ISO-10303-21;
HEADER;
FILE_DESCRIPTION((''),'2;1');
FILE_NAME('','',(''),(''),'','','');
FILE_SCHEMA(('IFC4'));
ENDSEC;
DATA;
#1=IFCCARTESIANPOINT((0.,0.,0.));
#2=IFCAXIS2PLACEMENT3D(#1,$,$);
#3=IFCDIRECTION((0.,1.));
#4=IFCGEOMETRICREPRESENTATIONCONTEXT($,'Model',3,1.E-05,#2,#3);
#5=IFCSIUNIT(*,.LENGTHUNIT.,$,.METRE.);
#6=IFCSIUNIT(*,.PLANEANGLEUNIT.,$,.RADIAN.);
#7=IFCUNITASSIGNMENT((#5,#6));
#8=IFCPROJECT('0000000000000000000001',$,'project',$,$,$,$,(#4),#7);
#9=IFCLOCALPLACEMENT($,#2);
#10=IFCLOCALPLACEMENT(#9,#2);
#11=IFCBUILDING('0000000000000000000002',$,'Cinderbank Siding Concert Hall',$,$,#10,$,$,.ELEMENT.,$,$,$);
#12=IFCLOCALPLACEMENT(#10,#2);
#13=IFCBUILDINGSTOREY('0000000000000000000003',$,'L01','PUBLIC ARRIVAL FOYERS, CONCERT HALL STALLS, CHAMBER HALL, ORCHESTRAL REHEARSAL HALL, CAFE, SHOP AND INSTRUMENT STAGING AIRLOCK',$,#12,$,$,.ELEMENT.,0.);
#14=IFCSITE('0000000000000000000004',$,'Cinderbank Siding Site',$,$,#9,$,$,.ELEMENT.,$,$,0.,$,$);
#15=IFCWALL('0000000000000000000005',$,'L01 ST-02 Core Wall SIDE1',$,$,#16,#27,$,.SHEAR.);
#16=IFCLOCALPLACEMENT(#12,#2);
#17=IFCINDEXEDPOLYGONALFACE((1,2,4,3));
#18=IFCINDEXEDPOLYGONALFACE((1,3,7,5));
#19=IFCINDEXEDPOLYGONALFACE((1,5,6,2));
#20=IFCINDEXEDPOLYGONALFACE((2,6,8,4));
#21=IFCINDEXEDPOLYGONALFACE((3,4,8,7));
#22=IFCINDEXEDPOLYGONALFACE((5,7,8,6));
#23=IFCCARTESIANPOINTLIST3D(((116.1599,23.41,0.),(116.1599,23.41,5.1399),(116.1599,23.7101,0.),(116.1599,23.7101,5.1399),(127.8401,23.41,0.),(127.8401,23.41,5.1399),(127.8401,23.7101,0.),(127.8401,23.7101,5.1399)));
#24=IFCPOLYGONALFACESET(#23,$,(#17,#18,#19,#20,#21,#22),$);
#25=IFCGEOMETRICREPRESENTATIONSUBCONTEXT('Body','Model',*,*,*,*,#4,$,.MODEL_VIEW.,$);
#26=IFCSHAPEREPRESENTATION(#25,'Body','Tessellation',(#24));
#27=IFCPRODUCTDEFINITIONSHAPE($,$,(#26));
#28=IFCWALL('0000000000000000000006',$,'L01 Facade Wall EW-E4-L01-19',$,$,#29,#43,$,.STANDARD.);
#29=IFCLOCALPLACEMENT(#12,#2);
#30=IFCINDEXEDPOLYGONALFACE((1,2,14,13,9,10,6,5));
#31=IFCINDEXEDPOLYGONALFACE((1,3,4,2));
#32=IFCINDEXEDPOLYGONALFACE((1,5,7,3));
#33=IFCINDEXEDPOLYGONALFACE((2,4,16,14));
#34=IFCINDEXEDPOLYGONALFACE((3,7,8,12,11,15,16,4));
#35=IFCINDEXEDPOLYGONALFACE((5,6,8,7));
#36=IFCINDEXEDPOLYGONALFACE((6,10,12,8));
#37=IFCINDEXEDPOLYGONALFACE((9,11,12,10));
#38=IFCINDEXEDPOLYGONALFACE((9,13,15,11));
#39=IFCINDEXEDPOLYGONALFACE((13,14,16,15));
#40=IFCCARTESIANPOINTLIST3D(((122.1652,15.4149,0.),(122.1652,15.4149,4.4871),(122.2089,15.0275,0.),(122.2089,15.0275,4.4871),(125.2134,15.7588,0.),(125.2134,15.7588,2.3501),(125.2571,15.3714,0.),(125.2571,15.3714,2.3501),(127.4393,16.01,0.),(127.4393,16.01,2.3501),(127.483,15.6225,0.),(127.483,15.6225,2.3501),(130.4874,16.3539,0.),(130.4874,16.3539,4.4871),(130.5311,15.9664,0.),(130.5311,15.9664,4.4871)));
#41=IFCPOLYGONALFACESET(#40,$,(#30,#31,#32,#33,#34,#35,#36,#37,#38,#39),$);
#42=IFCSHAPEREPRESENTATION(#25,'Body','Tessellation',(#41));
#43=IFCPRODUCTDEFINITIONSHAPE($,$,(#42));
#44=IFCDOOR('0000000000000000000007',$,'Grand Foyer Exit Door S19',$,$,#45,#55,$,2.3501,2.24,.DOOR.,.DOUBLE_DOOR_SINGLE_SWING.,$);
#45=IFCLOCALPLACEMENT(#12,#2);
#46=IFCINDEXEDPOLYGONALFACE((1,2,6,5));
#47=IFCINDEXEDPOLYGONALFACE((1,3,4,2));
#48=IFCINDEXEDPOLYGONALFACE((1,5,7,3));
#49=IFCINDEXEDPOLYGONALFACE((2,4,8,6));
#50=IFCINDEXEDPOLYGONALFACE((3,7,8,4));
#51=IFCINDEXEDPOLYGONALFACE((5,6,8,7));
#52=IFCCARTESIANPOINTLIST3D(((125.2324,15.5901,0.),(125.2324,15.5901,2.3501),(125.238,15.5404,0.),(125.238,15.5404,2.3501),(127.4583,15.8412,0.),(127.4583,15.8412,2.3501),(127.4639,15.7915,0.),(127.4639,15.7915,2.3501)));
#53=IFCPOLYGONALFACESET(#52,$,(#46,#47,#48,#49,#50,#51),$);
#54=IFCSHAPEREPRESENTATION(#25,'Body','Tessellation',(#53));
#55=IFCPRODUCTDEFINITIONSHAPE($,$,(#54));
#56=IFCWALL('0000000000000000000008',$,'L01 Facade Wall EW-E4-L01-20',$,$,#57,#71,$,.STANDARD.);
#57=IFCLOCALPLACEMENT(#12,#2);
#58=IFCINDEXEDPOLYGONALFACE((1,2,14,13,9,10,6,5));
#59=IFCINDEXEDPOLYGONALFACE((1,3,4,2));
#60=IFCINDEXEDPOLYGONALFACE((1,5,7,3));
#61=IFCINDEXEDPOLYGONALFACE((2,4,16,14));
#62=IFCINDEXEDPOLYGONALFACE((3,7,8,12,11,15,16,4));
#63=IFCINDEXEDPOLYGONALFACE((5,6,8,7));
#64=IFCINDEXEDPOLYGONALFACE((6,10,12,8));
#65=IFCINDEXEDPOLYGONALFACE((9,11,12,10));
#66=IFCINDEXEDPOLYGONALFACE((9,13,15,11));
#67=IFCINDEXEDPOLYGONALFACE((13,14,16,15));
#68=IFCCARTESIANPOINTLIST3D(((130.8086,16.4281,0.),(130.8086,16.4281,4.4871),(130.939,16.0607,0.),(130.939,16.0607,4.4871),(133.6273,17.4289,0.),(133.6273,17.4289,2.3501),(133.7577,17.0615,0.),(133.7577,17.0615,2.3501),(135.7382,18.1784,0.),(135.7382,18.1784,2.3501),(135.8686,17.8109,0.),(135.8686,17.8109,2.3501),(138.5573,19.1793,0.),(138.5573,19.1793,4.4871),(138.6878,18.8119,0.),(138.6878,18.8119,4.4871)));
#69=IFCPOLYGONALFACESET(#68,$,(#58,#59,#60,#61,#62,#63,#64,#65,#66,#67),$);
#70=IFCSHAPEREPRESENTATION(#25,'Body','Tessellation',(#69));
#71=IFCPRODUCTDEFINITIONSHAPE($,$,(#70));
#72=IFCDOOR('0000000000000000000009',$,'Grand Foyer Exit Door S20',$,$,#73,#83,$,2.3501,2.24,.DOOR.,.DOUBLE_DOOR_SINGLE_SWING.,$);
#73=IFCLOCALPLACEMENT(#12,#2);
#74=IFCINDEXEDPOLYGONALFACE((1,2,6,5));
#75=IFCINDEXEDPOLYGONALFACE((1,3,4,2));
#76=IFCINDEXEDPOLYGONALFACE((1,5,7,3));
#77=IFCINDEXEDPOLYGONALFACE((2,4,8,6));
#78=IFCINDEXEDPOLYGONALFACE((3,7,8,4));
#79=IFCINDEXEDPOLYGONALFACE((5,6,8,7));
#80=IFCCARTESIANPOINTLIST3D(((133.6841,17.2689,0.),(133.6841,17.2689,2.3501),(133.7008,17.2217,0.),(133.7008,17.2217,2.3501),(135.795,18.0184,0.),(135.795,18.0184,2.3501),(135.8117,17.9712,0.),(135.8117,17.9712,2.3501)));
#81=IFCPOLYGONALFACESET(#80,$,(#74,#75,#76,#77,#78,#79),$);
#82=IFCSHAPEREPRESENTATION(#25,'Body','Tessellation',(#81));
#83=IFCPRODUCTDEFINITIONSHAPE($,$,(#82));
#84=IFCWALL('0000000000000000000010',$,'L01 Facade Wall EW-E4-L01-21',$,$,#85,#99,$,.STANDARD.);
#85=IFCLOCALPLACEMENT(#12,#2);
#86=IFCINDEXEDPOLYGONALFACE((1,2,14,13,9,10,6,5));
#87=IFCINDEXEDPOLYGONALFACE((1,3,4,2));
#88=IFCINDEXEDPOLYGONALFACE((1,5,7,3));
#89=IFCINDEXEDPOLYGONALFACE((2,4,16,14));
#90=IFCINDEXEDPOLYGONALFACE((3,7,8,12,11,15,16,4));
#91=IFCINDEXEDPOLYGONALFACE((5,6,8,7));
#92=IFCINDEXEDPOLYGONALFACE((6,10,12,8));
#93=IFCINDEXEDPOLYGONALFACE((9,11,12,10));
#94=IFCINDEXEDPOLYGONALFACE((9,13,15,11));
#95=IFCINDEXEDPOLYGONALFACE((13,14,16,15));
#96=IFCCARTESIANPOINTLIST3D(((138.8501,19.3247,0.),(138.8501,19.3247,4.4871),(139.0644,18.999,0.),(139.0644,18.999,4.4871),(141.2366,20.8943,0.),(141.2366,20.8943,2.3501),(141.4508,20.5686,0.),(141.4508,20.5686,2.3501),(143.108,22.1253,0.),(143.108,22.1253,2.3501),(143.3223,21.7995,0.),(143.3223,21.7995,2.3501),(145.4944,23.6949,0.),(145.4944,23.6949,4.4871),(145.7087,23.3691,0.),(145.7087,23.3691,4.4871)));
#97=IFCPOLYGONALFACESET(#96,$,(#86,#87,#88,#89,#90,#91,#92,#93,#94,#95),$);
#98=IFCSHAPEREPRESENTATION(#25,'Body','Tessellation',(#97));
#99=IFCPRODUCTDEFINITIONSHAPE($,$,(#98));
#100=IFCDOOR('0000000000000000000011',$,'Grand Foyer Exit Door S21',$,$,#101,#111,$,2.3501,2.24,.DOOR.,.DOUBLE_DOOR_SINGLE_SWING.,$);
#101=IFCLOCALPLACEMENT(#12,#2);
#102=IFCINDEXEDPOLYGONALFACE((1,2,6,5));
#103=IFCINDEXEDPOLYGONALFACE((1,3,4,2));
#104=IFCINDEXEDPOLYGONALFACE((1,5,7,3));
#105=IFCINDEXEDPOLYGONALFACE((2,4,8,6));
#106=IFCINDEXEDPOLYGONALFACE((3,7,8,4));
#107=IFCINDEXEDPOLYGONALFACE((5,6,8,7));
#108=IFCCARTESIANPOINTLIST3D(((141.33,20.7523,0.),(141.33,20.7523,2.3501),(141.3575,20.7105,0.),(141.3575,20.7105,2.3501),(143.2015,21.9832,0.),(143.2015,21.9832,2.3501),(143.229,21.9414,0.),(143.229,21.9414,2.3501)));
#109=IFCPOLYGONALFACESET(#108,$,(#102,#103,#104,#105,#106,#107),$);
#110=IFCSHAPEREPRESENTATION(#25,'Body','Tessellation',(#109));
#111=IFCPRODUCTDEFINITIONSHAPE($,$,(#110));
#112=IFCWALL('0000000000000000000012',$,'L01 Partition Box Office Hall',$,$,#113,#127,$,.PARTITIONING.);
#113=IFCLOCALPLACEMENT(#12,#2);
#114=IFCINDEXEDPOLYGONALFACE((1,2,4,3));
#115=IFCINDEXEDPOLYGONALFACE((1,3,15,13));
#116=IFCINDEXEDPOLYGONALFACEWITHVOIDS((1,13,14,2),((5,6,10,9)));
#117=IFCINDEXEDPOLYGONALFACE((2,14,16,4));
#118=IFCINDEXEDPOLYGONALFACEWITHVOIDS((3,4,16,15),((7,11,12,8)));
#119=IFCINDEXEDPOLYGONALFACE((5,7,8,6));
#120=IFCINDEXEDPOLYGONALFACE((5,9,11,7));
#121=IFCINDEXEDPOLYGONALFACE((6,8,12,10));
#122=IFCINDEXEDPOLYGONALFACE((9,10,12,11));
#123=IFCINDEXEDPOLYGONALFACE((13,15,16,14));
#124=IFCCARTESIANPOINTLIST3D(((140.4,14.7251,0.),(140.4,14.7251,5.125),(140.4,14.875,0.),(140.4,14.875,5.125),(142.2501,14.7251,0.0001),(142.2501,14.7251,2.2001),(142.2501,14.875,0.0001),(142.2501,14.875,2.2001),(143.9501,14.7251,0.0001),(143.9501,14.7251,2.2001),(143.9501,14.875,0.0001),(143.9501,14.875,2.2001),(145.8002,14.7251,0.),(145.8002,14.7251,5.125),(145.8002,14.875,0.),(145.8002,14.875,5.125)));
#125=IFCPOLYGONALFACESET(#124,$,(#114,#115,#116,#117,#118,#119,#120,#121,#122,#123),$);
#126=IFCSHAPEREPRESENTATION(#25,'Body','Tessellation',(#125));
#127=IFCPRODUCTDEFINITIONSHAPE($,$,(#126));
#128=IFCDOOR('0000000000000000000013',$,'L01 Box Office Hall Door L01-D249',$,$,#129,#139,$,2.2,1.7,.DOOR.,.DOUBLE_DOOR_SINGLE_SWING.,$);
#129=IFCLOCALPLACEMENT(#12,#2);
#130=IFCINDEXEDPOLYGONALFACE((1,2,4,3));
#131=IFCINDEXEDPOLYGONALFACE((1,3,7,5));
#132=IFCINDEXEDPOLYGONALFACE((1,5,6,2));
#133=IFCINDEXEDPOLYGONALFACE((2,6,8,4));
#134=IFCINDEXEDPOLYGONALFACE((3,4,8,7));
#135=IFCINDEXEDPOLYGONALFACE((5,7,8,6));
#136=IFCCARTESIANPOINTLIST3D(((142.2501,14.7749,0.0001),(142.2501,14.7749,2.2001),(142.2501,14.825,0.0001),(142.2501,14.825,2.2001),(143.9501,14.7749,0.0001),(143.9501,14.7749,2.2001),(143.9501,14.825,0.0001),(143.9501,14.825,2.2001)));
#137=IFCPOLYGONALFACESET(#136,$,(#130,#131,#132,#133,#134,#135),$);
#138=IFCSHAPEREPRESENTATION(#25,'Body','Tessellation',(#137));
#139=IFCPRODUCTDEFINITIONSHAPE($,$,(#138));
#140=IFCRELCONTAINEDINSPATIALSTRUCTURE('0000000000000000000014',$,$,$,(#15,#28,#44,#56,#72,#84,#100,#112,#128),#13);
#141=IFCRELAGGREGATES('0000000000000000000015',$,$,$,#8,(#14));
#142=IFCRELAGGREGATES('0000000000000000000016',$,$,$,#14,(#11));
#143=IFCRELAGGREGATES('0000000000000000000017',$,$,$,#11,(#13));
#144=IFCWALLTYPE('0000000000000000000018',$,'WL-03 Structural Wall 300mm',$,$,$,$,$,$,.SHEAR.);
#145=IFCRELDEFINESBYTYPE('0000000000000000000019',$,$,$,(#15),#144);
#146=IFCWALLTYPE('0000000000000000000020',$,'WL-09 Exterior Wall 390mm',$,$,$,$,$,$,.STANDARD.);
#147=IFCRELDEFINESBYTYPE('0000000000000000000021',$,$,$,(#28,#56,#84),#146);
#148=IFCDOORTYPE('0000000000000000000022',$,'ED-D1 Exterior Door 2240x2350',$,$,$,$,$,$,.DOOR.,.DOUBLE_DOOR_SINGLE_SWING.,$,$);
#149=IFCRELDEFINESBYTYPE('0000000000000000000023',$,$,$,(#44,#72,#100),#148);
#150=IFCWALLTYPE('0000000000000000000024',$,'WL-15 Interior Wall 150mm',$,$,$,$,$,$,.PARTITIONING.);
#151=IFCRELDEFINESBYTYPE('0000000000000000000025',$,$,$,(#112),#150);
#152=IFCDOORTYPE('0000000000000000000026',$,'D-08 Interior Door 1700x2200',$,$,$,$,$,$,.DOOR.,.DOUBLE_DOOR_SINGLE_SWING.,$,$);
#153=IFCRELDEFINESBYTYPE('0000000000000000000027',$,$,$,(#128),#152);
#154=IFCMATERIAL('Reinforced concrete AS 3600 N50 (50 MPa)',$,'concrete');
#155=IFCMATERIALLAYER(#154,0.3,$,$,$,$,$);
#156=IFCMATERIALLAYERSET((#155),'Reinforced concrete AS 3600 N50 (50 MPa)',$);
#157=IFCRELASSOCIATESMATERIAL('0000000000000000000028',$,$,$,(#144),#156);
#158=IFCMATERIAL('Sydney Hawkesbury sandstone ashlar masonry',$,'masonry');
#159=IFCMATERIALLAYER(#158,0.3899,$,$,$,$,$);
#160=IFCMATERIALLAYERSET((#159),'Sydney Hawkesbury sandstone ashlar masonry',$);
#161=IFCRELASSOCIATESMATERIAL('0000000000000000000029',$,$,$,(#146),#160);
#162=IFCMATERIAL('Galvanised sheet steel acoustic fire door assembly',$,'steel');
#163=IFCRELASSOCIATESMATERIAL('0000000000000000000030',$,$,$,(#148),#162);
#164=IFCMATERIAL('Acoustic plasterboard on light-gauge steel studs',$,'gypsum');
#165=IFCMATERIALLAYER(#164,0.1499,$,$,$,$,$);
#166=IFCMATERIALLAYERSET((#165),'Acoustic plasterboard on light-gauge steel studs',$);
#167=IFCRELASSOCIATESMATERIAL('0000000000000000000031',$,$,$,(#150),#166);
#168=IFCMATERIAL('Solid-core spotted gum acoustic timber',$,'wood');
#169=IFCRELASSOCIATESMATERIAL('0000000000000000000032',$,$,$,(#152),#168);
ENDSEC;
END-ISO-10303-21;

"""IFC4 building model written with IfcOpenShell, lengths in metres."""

from ifc_helpers import new_model, si_unit, direction, frame, frame_2d, origin, place, context, subcontext, project, spatial, rectangle, extrude, material, layer, layer_set, type_object, element, fill, save


model = new_model("IFC4")

# Units and contexts
model_context = context("Model", 3, precision=1e-05, world=origin(), true_north=direction((0.0, 1.0)))
body_context = subcontext(model_context, "Body", "Model", "MODEL_VIEW")
ifc_project = project(units=[si_unit("LENGTHUNIT", "METRE"), si_unit("PLANEANGLEUNIT", "RADIAN")], contexts=[model_context])

# Site, building, storey
site_placement = place(None, origin())
site = spatial("IfcSite", under=ifc_project, at=site_placement, Name="Cinderbank Siding Site", CompositionType="ELEMENT", RefElevation=0.0)
building_placement = place(site_placement, origin())
building = spatial("IfcBuilding", under=site, at=building_placement, Name="Cinderbank Siding Concert Hall", CompositionType="ELEMENT")
storey_placement = place(building_placement, origin())
storey = spatial("IfcBuildingStorey", under=building, at=storey_placement, Name="L01", Description="PUBLIC ARRIVAL FOYERS, CONCERT HALL STALLS, CHAMBER HALL, ORCHESTRAL REHEARSAL HALL, CAFE, SHOP AND INSTRUMENT STAGING AIRLOCK", CompositionType="ELEMENT", Elevation=0.0)

# Shared definitions
ifc_material_1 = material(Name="Reinforced concrete AS 3600 N50 (50 MPa)", Category="concrete")

# Shared definitions
ifc_material_2 = material(Name="Solid-core spotted gum acoustic timber", Category="wood")

# Wall
ifc_layer_1 = layer(ifc_material_1, 0.3)
ifc_layer_set_1 = layer_set([ifc_layer_1], Name="Reinforced concrete AS 3600 N50 (50 MPa)")
wall_type_1 = type_object("IfcWallType", Name="WL-03 Structural Wall 300mm", PredefinedType="SHEAR", material=ifc_layer_set_1)
wall_1_placement = place(storey_placement, frame((127.8401, 23.5601, 0.0), z_axis=(0.0, 0.0, 1.0), x_axis=(-1.0, 0.0, 0.0)))
element("IfcWall", 1, at=wall_1_placement, inside=storey, type_object=wall_type_1, Name="L01 ST-02 Core Wall SIDE1", PredefinedType="SHEAR", context=body_context, shape_type="SweptSolid", body=[
    extrude(rectangle(XDim=11.6802, YDim=0.3, at=frame_2d((5.8401, 0.0))), origin(), (0.0, 0.0, 1.0), 5.1399),
])

# Walls, openings, doors
ifc_material_3 = material(Name="Sydney Hawkesbury sandstone ashlar masonry", Category="masonry")
ifc_layer_2 = layer(ifc_material_3, 0.3899)
ifc_layer_set_2 = layer_set([ifc_layer_2], Name="Sydney Hawkesbury sandstone ashlar masonry")
wall_type_2 = type_object("IfcWallType", Name="WL-09 Exterior Wall 390mm", PredefinedType="STANDARD", material=ifc_layer_set_2)
wall_2_placement = place(storey_placement, frame((130.5093, 16.1602, 0.0), z_axis=(0.0, 0.0, 1.0), x_axis=(-0.993695, -0.112114, 0.0)))
wall_2 = element("IfcWall", 2, at=wall_2_placement, inside=storey, type_object=wall_type_2, Name="L01 Facade Wall EW-E4-L01-19", PredefinedType="STANDARD", context=body_context, shape_type="SweptSolid", body=[
    extrude(rectangle(XDim=8.375, YDim=0.3899, at=frame_2d((4.1875, 0.0))), origin(), (0.0, 0.0, 1.0), 4.4871),
])
opening_1_placement = place(wall_2_placement, frame((3.0674, 0.0, 0.0)))
opening_1 = element("IfcOpeningElement", 3, at=opening_1_placement, cuts=wall_2, PredefinedType="OPENING", context=body_context, shape_type="SweptSolid", body=[
    extrude(rectangle(XDim=2.24, YDim=2.3501, at=frame_2d((1.1201, 1.175))), frame((0.0, 0.207, 0.0), z_axis=(0.0, -1.0, 0.0), x_axis=(1.0, 0.0, 0.0)), (0.0, 0.0, 1.0), 0.4138),
])
ifc_material_4 = material(Name="Galvanised sheet steel acoustic fire door assembly", Category="steel")
door_type_1 = type_object("IfcDoorType", Name="ED-D1 Exterior Door 2240x2350", OperationType="DOUBLE_DOOR_SINGLE_SWING", PredefinedType="DOOR", material=ifc_material_4)
door_1_placement = place(opening_1_placement, origin())
door_1 = element("IfcDoor", 4, at=door_1_placement, inside=storey, type_object=door_type_1, Name="Grand Foyer Exit Door S19", OperationType="DOUBLE_DOOR_SINGLE_SWING", OverallHeight=2.3501, OverallWidth=2.24, PredefinedType="DOOR", context=body_context, shape_type="SweptSolid", body=[
    extrude(rectangle(XDim=2.24, YDim=2.3501, at=frame_2d((1.1201, 1.175))), frame((0.0, 0.0249, 0.0), z_axis=(0.0, -1.0, 0.0), x_axis=(1.0, 0.0, 0.0)), (0.0, 0.0, 1.0), 0.05),
])
fill(opening_1, door_1)
wall_3_placement = place(storey_placement, frame((138.6226, 18.9956, 0.0), z_axis=(0.0, 0.0, 1.0), x_axis=(-0.942364, -0.334588, 0.0)))
wall_3 = element("IfcWall", 5, at=wall_3_placement, inside=storey, type_object=wall_type_2, Name="L01 Facade Wall EW-E4-L01-20", PredefinedType="STANDARD", context=body_context, shape_type="SweptSolid", body=[
    extrude(rectangle(XDim=8.2227, YDim=0.3899, at=frame_2d((4.1113, 0.0))), origin(), (0.0, 0.0, 1.0), 4.4871),
])
opening_2_placement = place(wall_3_placement, frame((2.9915, 0.0, 0.0)))
opening_2 = element("IfcOpeningElement", 6, at=opening_2_placement, cuts=wall_3, PredefinedType="OPENING", context=body_context, shape_type="SweptSolid", body=[
    extrude(rectangle(XDim=2.24, YDim=2.3501, at=frame_2d((1.1201, 1.175))), frame((0.0, 0.207, 0.0), z_axis=(0.0, -1.0, 0.0), x_axis=(1.0, 0.0, 0.0)), (0.0, 0.0, 1.0), 0.4138),
])
door_2_placement = place(opening_2_placement, origin())
door_2 = element("IfcDoor", 7, at=door_2_placement, inside=storey, type_object=door_type_1, Name="Grand Foyer Exit Door S20", OperationType="DOUBLE_DOOR_SINGLE_SWING", OverallHeight=2.3501, OverallWidth=2.24, PredefinedType="DOOR", context=body_context, shape_type="SweptSolid", body=[
    extrude(rectangle(XDim=2.24, YDim=2.3501, at=frame_2d((1.1201, 1.175))), frame((0.0, 0.0249, 0.0), z_axis=(0.0, -1.0, 0.0), x_axis=(1.0, 0.0, 0.0)), (0.0, 0.0, 1.0), 0.05),
])
fill(opening_2, door_2)
wall_4_placement = place(storey_placement, frame((138.9573, 19.1619, 0.0), z_axis=(0.0, 0.0, 1.0), x_axis=(0.835482, 0.549518, 0.0)))
wall_4 = element("IfcWall", 8, at=wall_4_placement, inside=storey, type_object=wall_type_2, Name="L01 Facade Wall EW-E4-L01-21", PredefinedType="STANDARD", context=body_context, shape_type="SweptSolid", body=[
    extrude(rectangle(XDim=7.9526, YDim=0.3899, at=frame_2d((3.9763, 0.0))), origin(), (0.0, 0.0, 1.0), 4.4871),
])
opening_3_placement = place(wall_4_placement, frame((2.8562, 0.0, 0.0)))
opening_3 = element("IfcOpeningElement", 9, at=opening_3_placement, cuts=wall_4, PredefinedType="OPENING", context=body_context, shape_type="SweptSolid", body=[
    extrude(rectangle(XDim=2.24, YDim=2.3501, at=frame_2d((1.1201, 1.175))), frame((0.0, 0.207, 0.0), z_axis=(0.0, -1.0, 0.0), x_axis=(1.0, 0.0, 0.0)), (0.0, 0.0, 1.0), 0.4138),
])
door_3_placement = place(opening_3_placement, origin())
door_3 = element("IfcDoor", 10, at=door_3_placement, inside=storey, type_object=door_type_1, Name="Grand Foyer Exit Door S21", OperationType="DOUBLE_DOOR_SINGLE_SWING", OverallHeight=2.3501, OverallWidth=2.24, PredefinedType="DOOR", context=body_context, shape_type="SweptSolid", body=[
    extrude(rectangle(XDim=2.24, YDim=2.3501, at=frame_2d((1.1201, 1.175))), frame((0.0, 0.0249, 0.0), z_axis=(0.0, -1.0, 0.0), x_axis=(1.0, 0.0, 0.0)), (0.0, 0.0, 1.0), 0.05),
])
fill(opening_3, door_3)
ifc_material_5 = material(Name="Acoustic plasterboard on light-gauge steel studs", Category="gypsum")
ifc_layer_3 = layer(ifc_material_5, 0.1499)
ifc_layer_set_3 = layer_set([ifc_layer_3], Name="Acoustic plasterboard on light-gauge steel studs")
wall_type_3 = type_object("IfcWallType", Name="WL-15 Interior Wall 150mm", PredefinedType="PARTITIONING", material=ifc_layer_set_3)
wall_5_placement = place(storey_placement, frame((140.3999, 14.8, 0.0), z_axis=(0.0, 0.0, 1.0), x_axis=(1.0, 0.0, 0.0)))
wall_5 = element("IfcWall", 11, at=wall_5_placement, inside=storey, type_object=wall_type_3, Name="L01 Partition Box Office Hall", PredefinedType="PARTITIONING", context=body_context, shape_type="SweptSolid", body=[
    extrude(rectangle(XDim=5.4001, YDim=0.1499, at=frame_2d((2.7002, 0.0))), origin(), (0.0, 0.0, 1.0), 5.125),
])
opening_4_placement = place(wall_5_placement, frame((1.8501, 0.0, 0.0)))
opening_4 = element("IfcOpeningElement", 12, at=opening_4_placement, cuts=wall_5, PredefinedType="OPENING", context=body_context, shape_type="SweptSolid", body=[
    extrude(rectangle(XDim=1.7, YDim=2.2, at=frame_2d((0.8501, 1.1001))), frame((0.0, 0.0869, 0.0), z_axis=(0.0, -1.0, 0.0), x_axis=(1.0, 0.0, 0.0)), (0.0, 0.0, 1.0), 0.1738),
])
door_type_2 = type_object("IfcDoorType", Name="D-08 Interior Door 1700x2200", OperationType="DOUBLE_DOOR_SINGLE_SWING", PredefinedType="DOOR", material=ifc_material_2)
door_4_placement = place(opening_4_placement, origin())
door_4 = element("IfcDoor", 13, at=door_4_placement, inside=storey, type_object=door_type_2, Name="L01 Box Office Hall Door L01-D249", OperationType="DOUBLE_DOOR_SINGLE_SWING", OverallHeight=2.2, OverallWidth=1.7, PredefinedType="DOOR", context=body_context, shape_type="SweptSolid", body=[
    extrude(rectangle(XDim=1.7, YDim=2.2, at=frame_2d((0.8501, 1.1001))), frame((0.0, 0.0249, 0.0), z_axis=(0.0, -1.0, 0.0), x_axis=(1.0, 0.0, 0.0)), (0.0, 0.0, 1.0), 0.05),
])
fill(opening_4, door_4)

save(model, "model.ifc")
